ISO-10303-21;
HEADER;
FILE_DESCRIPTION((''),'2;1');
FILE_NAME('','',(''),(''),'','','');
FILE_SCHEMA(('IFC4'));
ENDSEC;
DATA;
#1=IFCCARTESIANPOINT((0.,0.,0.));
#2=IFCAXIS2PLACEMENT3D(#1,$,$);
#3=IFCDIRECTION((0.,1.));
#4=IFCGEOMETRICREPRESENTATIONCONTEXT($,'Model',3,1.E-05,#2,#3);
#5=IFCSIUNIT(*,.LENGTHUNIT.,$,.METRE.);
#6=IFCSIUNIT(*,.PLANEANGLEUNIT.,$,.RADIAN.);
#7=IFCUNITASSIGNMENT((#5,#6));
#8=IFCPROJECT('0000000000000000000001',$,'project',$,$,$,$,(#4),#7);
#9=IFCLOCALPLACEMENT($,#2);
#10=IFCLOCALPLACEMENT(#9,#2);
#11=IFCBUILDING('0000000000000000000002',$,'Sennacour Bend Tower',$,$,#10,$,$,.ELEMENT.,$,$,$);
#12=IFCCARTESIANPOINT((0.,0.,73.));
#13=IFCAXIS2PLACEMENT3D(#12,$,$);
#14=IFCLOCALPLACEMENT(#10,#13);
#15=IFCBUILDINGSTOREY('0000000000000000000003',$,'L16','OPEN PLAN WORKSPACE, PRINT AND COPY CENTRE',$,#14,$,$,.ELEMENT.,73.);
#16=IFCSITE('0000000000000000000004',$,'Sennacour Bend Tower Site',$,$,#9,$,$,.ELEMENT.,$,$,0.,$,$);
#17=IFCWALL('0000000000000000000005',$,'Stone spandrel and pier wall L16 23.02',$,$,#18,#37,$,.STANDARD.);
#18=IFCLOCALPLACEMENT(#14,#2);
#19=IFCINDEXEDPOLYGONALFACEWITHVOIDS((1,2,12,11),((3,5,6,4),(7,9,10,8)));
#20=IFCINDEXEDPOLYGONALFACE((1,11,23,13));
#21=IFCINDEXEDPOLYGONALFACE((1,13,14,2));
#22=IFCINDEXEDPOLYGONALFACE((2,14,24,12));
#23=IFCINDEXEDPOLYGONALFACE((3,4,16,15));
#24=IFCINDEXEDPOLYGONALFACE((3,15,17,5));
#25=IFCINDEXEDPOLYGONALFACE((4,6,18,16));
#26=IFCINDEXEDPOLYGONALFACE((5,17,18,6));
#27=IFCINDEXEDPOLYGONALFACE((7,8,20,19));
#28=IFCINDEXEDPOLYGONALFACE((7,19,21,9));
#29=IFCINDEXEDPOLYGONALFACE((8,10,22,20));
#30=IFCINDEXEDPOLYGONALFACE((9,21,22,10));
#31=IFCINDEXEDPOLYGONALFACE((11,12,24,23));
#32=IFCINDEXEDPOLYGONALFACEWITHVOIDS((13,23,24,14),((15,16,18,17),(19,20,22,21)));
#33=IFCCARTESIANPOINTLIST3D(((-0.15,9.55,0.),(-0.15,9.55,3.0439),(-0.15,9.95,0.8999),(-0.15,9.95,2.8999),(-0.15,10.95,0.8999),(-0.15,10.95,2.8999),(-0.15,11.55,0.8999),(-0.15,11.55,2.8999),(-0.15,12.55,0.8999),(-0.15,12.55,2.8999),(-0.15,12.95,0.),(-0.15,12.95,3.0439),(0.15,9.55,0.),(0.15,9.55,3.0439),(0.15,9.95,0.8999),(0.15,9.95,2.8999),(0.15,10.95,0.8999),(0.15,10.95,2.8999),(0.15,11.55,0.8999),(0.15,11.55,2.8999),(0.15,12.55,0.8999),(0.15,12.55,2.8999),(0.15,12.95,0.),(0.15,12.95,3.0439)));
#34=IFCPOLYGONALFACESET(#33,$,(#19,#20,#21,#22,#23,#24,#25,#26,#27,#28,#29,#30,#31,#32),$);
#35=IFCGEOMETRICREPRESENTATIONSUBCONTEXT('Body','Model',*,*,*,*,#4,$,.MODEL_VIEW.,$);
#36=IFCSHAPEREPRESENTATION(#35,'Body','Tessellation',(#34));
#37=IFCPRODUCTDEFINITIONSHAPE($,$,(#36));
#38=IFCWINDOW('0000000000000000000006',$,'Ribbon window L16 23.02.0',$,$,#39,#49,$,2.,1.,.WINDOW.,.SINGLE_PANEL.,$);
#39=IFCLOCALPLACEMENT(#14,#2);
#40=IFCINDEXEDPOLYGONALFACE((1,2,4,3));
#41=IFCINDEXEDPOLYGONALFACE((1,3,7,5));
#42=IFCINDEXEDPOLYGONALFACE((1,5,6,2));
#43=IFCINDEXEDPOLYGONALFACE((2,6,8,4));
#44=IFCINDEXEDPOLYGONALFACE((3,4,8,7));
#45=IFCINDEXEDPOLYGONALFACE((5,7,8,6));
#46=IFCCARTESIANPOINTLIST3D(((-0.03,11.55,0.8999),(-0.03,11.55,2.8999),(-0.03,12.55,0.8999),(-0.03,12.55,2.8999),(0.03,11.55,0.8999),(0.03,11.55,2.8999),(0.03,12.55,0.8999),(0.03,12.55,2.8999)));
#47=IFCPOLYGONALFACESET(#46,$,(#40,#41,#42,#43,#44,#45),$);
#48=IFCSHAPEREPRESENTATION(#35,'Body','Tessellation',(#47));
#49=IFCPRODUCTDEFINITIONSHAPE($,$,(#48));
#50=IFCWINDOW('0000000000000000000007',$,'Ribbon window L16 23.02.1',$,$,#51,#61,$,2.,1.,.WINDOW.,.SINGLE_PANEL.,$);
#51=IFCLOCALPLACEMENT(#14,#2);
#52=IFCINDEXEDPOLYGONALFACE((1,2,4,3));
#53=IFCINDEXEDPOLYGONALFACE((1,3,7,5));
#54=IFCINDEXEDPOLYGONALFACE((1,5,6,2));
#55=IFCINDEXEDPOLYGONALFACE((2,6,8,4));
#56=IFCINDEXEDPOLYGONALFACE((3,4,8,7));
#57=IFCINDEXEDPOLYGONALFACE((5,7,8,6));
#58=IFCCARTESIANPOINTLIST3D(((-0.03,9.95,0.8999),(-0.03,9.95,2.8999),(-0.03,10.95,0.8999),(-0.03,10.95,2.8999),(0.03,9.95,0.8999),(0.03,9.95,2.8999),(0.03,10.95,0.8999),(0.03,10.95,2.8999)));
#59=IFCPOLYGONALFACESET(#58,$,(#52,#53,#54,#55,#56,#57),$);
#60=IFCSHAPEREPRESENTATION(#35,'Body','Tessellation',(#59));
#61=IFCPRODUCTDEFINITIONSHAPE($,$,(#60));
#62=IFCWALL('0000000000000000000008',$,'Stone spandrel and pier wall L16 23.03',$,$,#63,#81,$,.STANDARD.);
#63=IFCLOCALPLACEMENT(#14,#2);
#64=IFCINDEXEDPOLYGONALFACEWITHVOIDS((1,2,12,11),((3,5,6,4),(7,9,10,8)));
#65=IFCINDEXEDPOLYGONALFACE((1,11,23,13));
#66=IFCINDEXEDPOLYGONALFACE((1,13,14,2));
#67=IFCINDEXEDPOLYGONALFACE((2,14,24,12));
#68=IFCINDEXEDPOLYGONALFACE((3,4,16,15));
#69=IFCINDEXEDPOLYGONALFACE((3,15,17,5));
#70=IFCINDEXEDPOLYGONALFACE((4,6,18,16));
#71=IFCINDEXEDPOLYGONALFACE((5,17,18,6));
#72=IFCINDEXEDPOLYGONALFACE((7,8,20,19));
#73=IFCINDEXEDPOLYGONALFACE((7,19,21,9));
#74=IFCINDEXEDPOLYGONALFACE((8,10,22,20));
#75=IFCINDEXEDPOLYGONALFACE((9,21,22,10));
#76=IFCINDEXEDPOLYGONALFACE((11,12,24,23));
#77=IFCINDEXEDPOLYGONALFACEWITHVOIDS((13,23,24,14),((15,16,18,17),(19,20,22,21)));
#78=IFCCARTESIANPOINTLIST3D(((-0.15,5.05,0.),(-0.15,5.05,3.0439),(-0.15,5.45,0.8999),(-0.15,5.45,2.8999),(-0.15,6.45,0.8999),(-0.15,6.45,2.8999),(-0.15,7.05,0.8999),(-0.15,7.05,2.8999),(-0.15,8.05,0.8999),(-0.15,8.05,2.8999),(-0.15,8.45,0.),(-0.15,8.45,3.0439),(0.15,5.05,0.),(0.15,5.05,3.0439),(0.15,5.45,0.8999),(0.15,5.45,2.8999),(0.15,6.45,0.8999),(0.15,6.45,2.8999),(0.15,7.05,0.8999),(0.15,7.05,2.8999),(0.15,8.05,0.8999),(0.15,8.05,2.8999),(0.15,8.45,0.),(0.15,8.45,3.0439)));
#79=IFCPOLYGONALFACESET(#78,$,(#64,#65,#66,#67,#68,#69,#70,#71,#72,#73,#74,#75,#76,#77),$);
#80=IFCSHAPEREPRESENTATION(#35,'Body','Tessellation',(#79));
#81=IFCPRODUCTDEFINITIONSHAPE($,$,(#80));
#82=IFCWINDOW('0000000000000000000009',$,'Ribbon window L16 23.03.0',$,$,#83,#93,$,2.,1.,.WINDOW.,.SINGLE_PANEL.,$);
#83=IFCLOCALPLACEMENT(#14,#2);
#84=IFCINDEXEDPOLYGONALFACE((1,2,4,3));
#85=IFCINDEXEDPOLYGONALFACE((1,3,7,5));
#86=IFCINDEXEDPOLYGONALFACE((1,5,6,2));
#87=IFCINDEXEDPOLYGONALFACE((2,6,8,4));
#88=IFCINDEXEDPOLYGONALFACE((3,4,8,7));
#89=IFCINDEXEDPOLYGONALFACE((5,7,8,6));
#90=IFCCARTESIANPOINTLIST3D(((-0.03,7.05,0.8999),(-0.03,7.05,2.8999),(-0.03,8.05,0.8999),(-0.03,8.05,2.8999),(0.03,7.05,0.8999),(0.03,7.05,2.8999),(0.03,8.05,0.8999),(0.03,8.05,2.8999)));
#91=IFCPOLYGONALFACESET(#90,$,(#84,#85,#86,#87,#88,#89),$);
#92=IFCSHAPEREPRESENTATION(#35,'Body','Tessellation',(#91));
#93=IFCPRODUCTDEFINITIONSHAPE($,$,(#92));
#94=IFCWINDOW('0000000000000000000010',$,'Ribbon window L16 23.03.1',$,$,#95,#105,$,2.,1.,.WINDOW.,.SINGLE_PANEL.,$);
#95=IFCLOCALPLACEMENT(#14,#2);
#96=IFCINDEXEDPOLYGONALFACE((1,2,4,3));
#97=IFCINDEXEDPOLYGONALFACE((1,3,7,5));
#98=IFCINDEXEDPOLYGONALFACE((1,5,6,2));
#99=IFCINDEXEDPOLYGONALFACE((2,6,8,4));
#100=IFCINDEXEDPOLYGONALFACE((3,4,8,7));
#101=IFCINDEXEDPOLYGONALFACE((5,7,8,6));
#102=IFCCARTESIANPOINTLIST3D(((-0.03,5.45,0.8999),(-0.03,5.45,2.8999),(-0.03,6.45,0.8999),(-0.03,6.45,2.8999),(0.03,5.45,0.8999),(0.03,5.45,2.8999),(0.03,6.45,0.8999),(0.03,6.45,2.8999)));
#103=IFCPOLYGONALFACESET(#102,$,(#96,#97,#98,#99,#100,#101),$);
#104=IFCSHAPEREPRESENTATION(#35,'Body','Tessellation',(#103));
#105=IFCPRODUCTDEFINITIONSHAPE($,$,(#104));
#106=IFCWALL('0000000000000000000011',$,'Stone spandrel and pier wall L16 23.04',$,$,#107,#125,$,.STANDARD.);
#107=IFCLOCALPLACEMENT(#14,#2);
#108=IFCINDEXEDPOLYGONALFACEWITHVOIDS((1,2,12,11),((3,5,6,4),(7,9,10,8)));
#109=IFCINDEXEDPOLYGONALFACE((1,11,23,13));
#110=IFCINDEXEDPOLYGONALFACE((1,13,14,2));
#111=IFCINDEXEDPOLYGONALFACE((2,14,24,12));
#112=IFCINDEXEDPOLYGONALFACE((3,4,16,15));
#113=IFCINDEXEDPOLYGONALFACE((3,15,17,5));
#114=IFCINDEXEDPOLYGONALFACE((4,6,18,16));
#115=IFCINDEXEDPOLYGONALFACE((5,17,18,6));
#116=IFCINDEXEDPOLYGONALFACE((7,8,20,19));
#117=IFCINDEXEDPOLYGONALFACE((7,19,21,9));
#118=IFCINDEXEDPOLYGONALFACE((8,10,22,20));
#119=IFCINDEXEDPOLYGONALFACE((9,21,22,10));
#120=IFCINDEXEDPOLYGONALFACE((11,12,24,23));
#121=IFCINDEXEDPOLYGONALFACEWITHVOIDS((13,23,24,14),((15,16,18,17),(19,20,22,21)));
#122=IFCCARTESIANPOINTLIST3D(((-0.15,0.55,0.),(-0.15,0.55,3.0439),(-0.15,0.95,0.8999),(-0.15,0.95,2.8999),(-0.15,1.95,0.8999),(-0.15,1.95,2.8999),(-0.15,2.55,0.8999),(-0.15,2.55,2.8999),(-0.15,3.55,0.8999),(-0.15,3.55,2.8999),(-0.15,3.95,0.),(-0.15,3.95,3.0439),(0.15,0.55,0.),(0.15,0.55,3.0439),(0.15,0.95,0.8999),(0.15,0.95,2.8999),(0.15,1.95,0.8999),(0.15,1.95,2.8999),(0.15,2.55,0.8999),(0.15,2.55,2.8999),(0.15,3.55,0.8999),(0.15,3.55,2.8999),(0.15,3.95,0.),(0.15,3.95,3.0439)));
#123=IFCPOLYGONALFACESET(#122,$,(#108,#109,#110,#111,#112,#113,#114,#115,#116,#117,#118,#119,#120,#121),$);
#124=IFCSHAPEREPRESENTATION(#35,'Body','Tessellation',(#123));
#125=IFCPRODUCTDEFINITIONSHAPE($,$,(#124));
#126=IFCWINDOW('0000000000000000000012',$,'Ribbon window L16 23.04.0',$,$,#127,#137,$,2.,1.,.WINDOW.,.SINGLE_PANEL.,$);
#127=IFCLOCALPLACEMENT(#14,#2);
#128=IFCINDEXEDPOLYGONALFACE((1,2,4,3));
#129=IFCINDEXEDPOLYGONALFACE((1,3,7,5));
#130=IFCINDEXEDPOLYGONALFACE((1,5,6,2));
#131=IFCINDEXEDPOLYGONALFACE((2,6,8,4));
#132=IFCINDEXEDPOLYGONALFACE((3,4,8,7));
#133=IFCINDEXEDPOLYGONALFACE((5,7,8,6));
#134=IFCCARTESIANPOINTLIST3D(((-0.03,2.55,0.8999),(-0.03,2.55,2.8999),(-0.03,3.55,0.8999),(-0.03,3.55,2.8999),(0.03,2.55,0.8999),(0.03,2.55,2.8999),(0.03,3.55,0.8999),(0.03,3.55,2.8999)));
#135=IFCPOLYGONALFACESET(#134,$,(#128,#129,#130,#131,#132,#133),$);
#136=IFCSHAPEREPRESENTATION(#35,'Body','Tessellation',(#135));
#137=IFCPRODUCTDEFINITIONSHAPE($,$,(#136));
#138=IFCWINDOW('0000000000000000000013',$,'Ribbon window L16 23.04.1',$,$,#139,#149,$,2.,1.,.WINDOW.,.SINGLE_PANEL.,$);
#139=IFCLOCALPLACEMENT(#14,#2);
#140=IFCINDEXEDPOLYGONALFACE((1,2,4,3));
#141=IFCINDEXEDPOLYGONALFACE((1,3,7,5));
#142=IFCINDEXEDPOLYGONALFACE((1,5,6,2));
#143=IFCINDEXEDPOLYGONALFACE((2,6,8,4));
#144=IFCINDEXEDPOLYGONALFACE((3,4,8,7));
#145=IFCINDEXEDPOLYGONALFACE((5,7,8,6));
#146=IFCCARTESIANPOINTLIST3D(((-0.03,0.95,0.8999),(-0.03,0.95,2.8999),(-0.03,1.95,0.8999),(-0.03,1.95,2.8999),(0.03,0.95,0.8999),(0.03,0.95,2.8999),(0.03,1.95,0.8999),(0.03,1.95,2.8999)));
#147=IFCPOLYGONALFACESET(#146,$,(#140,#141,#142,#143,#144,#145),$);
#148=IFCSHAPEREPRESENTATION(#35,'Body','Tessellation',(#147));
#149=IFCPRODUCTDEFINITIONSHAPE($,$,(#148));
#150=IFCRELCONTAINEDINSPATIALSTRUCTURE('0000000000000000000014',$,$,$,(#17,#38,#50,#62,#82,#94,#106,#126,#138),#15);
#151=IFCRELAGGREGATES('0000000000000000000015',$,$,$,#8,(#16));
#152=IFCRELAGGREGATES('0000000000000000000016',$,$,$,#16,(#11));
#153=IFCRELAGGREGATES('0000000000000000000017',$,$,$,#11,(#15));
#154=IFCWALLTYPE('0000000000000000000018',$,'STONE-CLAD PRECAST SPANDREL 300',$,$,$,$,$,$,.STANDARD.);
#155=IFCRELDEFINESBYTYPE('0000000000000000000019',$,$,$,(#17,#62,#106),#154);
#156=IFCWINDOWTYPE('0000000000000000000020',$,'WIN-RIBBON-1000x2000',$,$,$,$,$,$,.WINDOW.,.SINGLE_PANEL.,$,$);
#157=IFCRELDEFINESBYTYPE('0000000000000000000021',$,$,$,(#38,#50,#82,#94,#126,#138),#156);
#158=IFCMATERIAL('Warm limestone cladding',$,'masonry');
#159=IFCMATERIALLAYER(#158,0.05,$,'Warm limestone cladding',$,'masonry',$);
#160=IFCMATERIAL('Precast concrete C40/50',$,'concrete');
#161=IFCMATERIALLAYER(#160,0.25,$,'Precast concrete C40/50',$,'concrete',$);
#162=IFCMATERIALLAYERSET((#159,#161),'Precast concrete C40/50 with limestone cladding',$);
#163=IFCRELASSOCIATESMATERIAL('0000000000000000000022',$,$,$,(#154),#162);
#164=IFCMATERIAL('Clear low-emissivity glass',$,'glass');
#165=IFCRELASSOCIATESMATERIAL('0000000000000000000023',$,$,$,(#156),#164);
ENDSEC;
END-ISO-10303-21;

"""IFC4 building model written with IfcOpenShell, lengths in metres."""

from ifc_helpers import new_model, si_unit, direction, frame, frame_2d, origin, place, context, subcontext, project, spatial, rectangle, extrude, material, layer, layer_set, type_object, element, fill, save


model = new_model("IFC4")

# Units and contexts
model_context = context("Model", 3, precision=1e-05, world=origin(), true_north=direction((0.0, 1.0)))
body_context = subcontext(model_context, "Body", "Model", "MODEL_VIEW")
ifc_project = project(units=[si_unit("LENGTHUNIT", "METRE"), si_unit("PLANEANGLEUNIT", "RADIAN")], contexts=[model_context])

# Site, building, storey
site_placement = place(None, origin())
site = spatial("IfcSite", under=ifc_project, at=site_placement, Name="Sennacour Bend Tower Site", CompositionType="ELEMENT", RefElevation=0.0)
building_placement = place(site_placement, origin())
building = spatial("IfcBuilding", under=site, at=building_placement, Name="Sennacour Bend Tower", CompositionType="ELEMENT")
storey_placement = place(building_placement, frame((0.0, 0.0, 73.0)))
storey = spatial("IfcBuildingStorey", under=building, at=storey_placement, Name="L16", Description="OPEN PLAN WORKSPACE, PRINT AND COPY CENTRE", CompositionType="ELEMENT", Elevation=73.0)

# Walls, openings, windows
ifc_material_1 = material(Name="Warm limestone cladding", Category="masonry")
ifc_layer_1 = layer(ifc_material_1, 0.05, Name="Warm limestone cladding", Category="masonry")
ifc_material_2 = material(Name="Precast concrete C40/50", Category="concrete")
ifc_layer_2 = layer(ifc_material_2, 0.25, Name="Precast concrete C40/50", Category="concrete")
ifc_layer_set_1 = layer_set([ifc_layer_1, ifc_layer_2], Name="Precast concrete C40/50 with limestone cladding")
wall_type_1 = type_object("IfcWallType", Name="STONE-CLAD PRECAST SPANDREL 300", PredefinedType="STANDARD", material=ifc_layer_set_1)
wall_1_placement = place(storey_placement, frame((0.0, 12.95, 0.0), z_axis=(0.0, 0.0, 1.0), x_axis=(0.0, -1.0, 0.0)))
wall_1 = element("IfcWall", 1, at=wall_1_placement, inside=storey, type_object=wall_type_1, Name="Stone spandrel and pier wall L16 23.02", PredefinedType="STANDARD", context=body_context, shape_type="SweptSolid", body=[
    extrude(rectangle(XDim=3.3999, YDim=0.3, at=frame_2d((1.7, 0.0))), origin(), (0.0, 0.0, 1.0), 3.0439),
])
opening_1_placement = place(wall_1_placement, frame((0.3999, 0.0, 0.8999)))
opening_1 = element("IfcOpeningElement", 2, at=opening_1_placement, cuts=wall_1, PredefinedType="OPENING", context=body_context, shape_type="SweptSolid", body=[
    extrude(rectangle(XDim=1.0, YDim=2.0, at=frame_2d((0.5, 1.0))), frame((0.0, 0.1602, 0.0), z_axis=(0.0, -1.0, 0.0), x_axis=(1.0, 0.0, 0.0)), (0.0, 0.0, 1.0), 0.3201),
])
opening_2_placement = place(wall_1_placement, frame((2.0, 0.0, 0.8999)))
opening_2 = element("IfcOpeningElement", 3, at=opening_2_placement, cuts=wall_1, PredefinedType="OPENING", context=body_context, shape_type="SweptSolid", body=[
    extrude(rectangle(XDim=1.0, YDim=2.0, at=frame_2d((0.5, 1.0))), frame((0.0, 0.1602, 0.0), z_axis=(0.0, -1.0, 0.0), x_axis=(1.0, 0.0, 0.0)), (0.0, 0.0, 1.0), 0.3201),
])
ifc_material_3 = material(Name="Clear low-emissivity glass", Category="glass")
window_type = type_object("IfcWindowType", Name="WIN-RIBBON-1000x2000", PartitioningType="SINGLE_PANEL", PredefinedType="WINDOW", material=ifc_material_3)
window_1_placement = place(opening_1_placement, origin())
window_1 = element("IfcWindow", 4, at=window_1_placement, inside=storey, type_object=window_type, Name="Ribbon window L16 23.02.0", OverallHeight=2.0, OverallWidth=1.0, PartitioningType="SINGLE_PANEL", PredefinedType="WINDOW", context=body_context, shape_type="SweptSolid", body=[
    extrude(rectangle(XDim=1.0, YDim=2.0, at=frame_2d((0.5, 1.0))), frame((0.0, 0.03, 0.0), z_axis=(0.0, -1.0, 0.0), x_axis=(1.0, 0.0, 0.0)), (0.0, 0.0, 1.0), 0.0601),
])
fill(opening_1, window_1)
window_2_placement = place(opening_2_placement, origin())
window_2 = element("IfcWindow", 5, at=window_2_placement, inside=storey, type_object=window_type, Name="Ribbon window L16 23.02.1", OverallHeight=2.0, OverallWidth=1.0, PartitioningType="SINGLE_PANEL", PredefinedType="WINDOW", context=body_context, shape_type="SweptSolid", body=[
    extrude(rectangle(XDim=1.0, YDim=2.0, at=frame_2d((0.5, 1.0))), frame((0.0, 0.03, 0.0), z_axis=(0.0, -1.0, 0.0), x_axis=(1.0, 0.0, 0.0)), (0.0, 0.0, 1.0), 0.0601),
])
fill(opening_2, window_2)
wall_2_placement = place(storey_placement, frame((0.0, 8.45, 0.0), z_axis=(0.0, 0.0, 1.0), x_axis=(0.0, -1.0, 0.0)))
wall_2 = element("IfcWall", 6, at=wall_2_placement, inside=storey, type_object=wall_type_1, Name="Stone spandrel and pier wall L16 23.03", PredefinedType="STANDARD", context=body_context, shape_type="SweptSolid", body=[
    extrude(rectangle(XDim=3.3999, YDim=0.3, at=frame_2d((1.7, 0.0))), origin(), (0.0, 0.0, 1.0), 3.0439),
])
opening_3_placement = place(wall_2_placement, frame((0.3999, 0.0, 0.8999)))
opening_3 = element("IfcOpeningElement", 7, at=opening_3_placement, cuts=wall_2, PredefinedType="OPENING", context=body_context, shape_type="SweptSolid", body=[
    extrude(rectangle(XDim=1.0, YDim=2.0, at=frame_2d((0.5, 1.0))), frame((0.0, 0.1602, 0.0), z_axis=(0.0, -1.0, 0.0), x_axis=(1.0, 0.0, 0.0)), (0.0, 0.0, 1.0), 0.3201),
])
opening_4_placement = place(wall_2_placement, frame((2.0, 0.0, 0.8999)))
opening_4 = element("IfcOpeningElement", 8, at=opening_4_placement, cuts=wall_2, PredefinedType="OPENING", context=body_context, shape_type="SweptSolid", body=[
    extrude(rectangle(XDim=1.0, YDim=2.0, at=frame_2d((0.5, 1.0))), frame((0.0, 0.1602, 0.0), z_axis=(0.0, -1.0, 0.0), x_axis=(1.0, 0.0, 0.0)), (0.0, 0.0, 1.0), 0.3201),
])
window_3_placement = place(opening_3_placement, origin())
window_3 = element("IfcWindow", 9, at=window_3_placement, inside=storey, type_object=window_type, Name="Ribbon window L16 23.03.0", OverallHeight=2.0, OverallWidth=1.0, PartitioningType="SINGLE_PANEL", PredefinedType="WINDOW", context=body_context, shape_type="SweptSolid", body=[
    extrude(rectangle(XDim=1.0, YDim=2.0, at=frame_2d((0.5, 1.0))), frame((0.0, 0.03, 0.0), z_axis=(0.0, -1.0, 0.0), x_axis=(1.0, 0.0, 0.0)), (0.0, 0.0, 1.0), 0.0601),
])
fill(opening_3, window_3)
window_4_placement = place(opening_4_placement, origin())
window_4 = element("IfcWindow", 10, at=window_4_placement, inside=storey, type_object=window_type, Name="Ribbon window L16 23.03.1", OverallHeight=2.0, OverallWidth=1.0, PartitioningType="SINGLE_PANEL", PredefinedType="WINDOW", context=body_context, shape_type="SweptSolid", body=[
    extrude(rectangle(XDim=1.0, YDim=2.0, at=frame_2d((0.5, 1.0))), frame((0.0, 0.03, 0.0), z_axis=(0.0, -1.0, 0.0), x_axis=(1.0, 0.0, 0.0)), (0.0, 0.0, 1.0), 0.0601),
])
fill(opening_4, window_4)
wall_3_placement = place(storey_placement, frame((0.0, 3.95, 0.0), z_axis=(0.0, 0.0, 1.0), x_axis=(0.0, -1.0, 0.0)))
wall_3 = element("IfcWall", 11, at=wall_3_placement, inside=storey, type_object=wall_type_1, Name="Stone spandrel and pier wall L16 23.04", PredefinedType="STANDARD", context=body_context, shape_type="SweptSolid", body=[
    extrude(rectangle(XDim=3.3999, YDim=0.3, at=frame_2d((1.7, 0.0))), origin(), (0.0, 0.0, 1.0), 3.0439),
])
opening_5_placement = place(wall_3_placement, frame((0.3999, 0.0, 0.8999)))
opening_5 = element("IfcOpeningElement", 12, at=opening_5_placement, cuts=wall_3, PredefinedType="OPENING", context=body_context, shape_type="SweptSolid", body=[
    extrude(rectangle(XDim=1.0, YDim=2.0, at=frame_2d((0.5, 1.0))), frame((0.0, 0.1602, 0.0), z_axis=(0.0, -1.0, 0.0), x_axis=(1.0, 0.0, 0.0)), (0.0, 0.0, 1.0), 0.3201),
])
opening_6_placement = place(wall_3_placement, frame((2.0, 0.0, 0.8999)))
opening_6 = element("IfcOpeningElement", 13, at=opening_6_placement, cuts=wall_3, PredefinedType="OPENING", context=body_context, shape_type="SweptSolid", body=[
    extrude(rectangle(XDim=1.0, YDim=2.0, at=frame_2d((0.5, 1.0))), frame((0.0, 0.1602, 0.0), z_axis=(0.0, -1.0, 0.0), x_axis=(1.0, 0.0, 0.0)), (0.0, 0.0, 1.0), 0.3201),
])
window_5_placement = place(opening_5_placement, origin())
window_5 = element("IfcWindow", 14, at=window_5_placement, inside=storey, type_object=window_type, Name="Ribbon window L16 23.04.0", OverallHeight=2.0, OverallWidth=1.0, PartitioningType="SINGLE_PANEL", PredefinedType="WINDOW", context=body_context, shape_type="SweptSolid", body=[
    extrude(rectangle(XDim=1.0, YDim=2.0, at=frame_2d((0.5, 1.0))), frame((0.0, 0.03, 0.0), z_axis=(0.0, -1.0, 0.0), x_axis=(1.0, 0.0, 0.0)), (0.0, 0.0, 1.0), 0.0601),
])
fill(opening_5, window_5)
window_6_placement = place(opening_6_placement, origin())
window_6 = element("IfcWindow", 15, at=window_6_placement, inside=storey, type_object=window_type, Name="Ribbon window L16 23.04.1", OverallHeight=2.0, OverallWidth=1.0, PartitioningType="SINGLE_PANEL", PredefinedType="WINDOW", context=body_context, shape_type="SweptSolid", body=[
    extrude(rectangle(XDim=1.0, YDim=2.0, at=frame_2d((0.5, 1.0))), frame((0.0, 0.03, 0.0), z_axis=(0.0, -1.0, 0.0), x_axis=(1.0, 0.0, 0.0)), (0.0, 0.0, 1.0), 0.0601),
])
fill(opening_6, window_6)

save(model, "model.ifc")
